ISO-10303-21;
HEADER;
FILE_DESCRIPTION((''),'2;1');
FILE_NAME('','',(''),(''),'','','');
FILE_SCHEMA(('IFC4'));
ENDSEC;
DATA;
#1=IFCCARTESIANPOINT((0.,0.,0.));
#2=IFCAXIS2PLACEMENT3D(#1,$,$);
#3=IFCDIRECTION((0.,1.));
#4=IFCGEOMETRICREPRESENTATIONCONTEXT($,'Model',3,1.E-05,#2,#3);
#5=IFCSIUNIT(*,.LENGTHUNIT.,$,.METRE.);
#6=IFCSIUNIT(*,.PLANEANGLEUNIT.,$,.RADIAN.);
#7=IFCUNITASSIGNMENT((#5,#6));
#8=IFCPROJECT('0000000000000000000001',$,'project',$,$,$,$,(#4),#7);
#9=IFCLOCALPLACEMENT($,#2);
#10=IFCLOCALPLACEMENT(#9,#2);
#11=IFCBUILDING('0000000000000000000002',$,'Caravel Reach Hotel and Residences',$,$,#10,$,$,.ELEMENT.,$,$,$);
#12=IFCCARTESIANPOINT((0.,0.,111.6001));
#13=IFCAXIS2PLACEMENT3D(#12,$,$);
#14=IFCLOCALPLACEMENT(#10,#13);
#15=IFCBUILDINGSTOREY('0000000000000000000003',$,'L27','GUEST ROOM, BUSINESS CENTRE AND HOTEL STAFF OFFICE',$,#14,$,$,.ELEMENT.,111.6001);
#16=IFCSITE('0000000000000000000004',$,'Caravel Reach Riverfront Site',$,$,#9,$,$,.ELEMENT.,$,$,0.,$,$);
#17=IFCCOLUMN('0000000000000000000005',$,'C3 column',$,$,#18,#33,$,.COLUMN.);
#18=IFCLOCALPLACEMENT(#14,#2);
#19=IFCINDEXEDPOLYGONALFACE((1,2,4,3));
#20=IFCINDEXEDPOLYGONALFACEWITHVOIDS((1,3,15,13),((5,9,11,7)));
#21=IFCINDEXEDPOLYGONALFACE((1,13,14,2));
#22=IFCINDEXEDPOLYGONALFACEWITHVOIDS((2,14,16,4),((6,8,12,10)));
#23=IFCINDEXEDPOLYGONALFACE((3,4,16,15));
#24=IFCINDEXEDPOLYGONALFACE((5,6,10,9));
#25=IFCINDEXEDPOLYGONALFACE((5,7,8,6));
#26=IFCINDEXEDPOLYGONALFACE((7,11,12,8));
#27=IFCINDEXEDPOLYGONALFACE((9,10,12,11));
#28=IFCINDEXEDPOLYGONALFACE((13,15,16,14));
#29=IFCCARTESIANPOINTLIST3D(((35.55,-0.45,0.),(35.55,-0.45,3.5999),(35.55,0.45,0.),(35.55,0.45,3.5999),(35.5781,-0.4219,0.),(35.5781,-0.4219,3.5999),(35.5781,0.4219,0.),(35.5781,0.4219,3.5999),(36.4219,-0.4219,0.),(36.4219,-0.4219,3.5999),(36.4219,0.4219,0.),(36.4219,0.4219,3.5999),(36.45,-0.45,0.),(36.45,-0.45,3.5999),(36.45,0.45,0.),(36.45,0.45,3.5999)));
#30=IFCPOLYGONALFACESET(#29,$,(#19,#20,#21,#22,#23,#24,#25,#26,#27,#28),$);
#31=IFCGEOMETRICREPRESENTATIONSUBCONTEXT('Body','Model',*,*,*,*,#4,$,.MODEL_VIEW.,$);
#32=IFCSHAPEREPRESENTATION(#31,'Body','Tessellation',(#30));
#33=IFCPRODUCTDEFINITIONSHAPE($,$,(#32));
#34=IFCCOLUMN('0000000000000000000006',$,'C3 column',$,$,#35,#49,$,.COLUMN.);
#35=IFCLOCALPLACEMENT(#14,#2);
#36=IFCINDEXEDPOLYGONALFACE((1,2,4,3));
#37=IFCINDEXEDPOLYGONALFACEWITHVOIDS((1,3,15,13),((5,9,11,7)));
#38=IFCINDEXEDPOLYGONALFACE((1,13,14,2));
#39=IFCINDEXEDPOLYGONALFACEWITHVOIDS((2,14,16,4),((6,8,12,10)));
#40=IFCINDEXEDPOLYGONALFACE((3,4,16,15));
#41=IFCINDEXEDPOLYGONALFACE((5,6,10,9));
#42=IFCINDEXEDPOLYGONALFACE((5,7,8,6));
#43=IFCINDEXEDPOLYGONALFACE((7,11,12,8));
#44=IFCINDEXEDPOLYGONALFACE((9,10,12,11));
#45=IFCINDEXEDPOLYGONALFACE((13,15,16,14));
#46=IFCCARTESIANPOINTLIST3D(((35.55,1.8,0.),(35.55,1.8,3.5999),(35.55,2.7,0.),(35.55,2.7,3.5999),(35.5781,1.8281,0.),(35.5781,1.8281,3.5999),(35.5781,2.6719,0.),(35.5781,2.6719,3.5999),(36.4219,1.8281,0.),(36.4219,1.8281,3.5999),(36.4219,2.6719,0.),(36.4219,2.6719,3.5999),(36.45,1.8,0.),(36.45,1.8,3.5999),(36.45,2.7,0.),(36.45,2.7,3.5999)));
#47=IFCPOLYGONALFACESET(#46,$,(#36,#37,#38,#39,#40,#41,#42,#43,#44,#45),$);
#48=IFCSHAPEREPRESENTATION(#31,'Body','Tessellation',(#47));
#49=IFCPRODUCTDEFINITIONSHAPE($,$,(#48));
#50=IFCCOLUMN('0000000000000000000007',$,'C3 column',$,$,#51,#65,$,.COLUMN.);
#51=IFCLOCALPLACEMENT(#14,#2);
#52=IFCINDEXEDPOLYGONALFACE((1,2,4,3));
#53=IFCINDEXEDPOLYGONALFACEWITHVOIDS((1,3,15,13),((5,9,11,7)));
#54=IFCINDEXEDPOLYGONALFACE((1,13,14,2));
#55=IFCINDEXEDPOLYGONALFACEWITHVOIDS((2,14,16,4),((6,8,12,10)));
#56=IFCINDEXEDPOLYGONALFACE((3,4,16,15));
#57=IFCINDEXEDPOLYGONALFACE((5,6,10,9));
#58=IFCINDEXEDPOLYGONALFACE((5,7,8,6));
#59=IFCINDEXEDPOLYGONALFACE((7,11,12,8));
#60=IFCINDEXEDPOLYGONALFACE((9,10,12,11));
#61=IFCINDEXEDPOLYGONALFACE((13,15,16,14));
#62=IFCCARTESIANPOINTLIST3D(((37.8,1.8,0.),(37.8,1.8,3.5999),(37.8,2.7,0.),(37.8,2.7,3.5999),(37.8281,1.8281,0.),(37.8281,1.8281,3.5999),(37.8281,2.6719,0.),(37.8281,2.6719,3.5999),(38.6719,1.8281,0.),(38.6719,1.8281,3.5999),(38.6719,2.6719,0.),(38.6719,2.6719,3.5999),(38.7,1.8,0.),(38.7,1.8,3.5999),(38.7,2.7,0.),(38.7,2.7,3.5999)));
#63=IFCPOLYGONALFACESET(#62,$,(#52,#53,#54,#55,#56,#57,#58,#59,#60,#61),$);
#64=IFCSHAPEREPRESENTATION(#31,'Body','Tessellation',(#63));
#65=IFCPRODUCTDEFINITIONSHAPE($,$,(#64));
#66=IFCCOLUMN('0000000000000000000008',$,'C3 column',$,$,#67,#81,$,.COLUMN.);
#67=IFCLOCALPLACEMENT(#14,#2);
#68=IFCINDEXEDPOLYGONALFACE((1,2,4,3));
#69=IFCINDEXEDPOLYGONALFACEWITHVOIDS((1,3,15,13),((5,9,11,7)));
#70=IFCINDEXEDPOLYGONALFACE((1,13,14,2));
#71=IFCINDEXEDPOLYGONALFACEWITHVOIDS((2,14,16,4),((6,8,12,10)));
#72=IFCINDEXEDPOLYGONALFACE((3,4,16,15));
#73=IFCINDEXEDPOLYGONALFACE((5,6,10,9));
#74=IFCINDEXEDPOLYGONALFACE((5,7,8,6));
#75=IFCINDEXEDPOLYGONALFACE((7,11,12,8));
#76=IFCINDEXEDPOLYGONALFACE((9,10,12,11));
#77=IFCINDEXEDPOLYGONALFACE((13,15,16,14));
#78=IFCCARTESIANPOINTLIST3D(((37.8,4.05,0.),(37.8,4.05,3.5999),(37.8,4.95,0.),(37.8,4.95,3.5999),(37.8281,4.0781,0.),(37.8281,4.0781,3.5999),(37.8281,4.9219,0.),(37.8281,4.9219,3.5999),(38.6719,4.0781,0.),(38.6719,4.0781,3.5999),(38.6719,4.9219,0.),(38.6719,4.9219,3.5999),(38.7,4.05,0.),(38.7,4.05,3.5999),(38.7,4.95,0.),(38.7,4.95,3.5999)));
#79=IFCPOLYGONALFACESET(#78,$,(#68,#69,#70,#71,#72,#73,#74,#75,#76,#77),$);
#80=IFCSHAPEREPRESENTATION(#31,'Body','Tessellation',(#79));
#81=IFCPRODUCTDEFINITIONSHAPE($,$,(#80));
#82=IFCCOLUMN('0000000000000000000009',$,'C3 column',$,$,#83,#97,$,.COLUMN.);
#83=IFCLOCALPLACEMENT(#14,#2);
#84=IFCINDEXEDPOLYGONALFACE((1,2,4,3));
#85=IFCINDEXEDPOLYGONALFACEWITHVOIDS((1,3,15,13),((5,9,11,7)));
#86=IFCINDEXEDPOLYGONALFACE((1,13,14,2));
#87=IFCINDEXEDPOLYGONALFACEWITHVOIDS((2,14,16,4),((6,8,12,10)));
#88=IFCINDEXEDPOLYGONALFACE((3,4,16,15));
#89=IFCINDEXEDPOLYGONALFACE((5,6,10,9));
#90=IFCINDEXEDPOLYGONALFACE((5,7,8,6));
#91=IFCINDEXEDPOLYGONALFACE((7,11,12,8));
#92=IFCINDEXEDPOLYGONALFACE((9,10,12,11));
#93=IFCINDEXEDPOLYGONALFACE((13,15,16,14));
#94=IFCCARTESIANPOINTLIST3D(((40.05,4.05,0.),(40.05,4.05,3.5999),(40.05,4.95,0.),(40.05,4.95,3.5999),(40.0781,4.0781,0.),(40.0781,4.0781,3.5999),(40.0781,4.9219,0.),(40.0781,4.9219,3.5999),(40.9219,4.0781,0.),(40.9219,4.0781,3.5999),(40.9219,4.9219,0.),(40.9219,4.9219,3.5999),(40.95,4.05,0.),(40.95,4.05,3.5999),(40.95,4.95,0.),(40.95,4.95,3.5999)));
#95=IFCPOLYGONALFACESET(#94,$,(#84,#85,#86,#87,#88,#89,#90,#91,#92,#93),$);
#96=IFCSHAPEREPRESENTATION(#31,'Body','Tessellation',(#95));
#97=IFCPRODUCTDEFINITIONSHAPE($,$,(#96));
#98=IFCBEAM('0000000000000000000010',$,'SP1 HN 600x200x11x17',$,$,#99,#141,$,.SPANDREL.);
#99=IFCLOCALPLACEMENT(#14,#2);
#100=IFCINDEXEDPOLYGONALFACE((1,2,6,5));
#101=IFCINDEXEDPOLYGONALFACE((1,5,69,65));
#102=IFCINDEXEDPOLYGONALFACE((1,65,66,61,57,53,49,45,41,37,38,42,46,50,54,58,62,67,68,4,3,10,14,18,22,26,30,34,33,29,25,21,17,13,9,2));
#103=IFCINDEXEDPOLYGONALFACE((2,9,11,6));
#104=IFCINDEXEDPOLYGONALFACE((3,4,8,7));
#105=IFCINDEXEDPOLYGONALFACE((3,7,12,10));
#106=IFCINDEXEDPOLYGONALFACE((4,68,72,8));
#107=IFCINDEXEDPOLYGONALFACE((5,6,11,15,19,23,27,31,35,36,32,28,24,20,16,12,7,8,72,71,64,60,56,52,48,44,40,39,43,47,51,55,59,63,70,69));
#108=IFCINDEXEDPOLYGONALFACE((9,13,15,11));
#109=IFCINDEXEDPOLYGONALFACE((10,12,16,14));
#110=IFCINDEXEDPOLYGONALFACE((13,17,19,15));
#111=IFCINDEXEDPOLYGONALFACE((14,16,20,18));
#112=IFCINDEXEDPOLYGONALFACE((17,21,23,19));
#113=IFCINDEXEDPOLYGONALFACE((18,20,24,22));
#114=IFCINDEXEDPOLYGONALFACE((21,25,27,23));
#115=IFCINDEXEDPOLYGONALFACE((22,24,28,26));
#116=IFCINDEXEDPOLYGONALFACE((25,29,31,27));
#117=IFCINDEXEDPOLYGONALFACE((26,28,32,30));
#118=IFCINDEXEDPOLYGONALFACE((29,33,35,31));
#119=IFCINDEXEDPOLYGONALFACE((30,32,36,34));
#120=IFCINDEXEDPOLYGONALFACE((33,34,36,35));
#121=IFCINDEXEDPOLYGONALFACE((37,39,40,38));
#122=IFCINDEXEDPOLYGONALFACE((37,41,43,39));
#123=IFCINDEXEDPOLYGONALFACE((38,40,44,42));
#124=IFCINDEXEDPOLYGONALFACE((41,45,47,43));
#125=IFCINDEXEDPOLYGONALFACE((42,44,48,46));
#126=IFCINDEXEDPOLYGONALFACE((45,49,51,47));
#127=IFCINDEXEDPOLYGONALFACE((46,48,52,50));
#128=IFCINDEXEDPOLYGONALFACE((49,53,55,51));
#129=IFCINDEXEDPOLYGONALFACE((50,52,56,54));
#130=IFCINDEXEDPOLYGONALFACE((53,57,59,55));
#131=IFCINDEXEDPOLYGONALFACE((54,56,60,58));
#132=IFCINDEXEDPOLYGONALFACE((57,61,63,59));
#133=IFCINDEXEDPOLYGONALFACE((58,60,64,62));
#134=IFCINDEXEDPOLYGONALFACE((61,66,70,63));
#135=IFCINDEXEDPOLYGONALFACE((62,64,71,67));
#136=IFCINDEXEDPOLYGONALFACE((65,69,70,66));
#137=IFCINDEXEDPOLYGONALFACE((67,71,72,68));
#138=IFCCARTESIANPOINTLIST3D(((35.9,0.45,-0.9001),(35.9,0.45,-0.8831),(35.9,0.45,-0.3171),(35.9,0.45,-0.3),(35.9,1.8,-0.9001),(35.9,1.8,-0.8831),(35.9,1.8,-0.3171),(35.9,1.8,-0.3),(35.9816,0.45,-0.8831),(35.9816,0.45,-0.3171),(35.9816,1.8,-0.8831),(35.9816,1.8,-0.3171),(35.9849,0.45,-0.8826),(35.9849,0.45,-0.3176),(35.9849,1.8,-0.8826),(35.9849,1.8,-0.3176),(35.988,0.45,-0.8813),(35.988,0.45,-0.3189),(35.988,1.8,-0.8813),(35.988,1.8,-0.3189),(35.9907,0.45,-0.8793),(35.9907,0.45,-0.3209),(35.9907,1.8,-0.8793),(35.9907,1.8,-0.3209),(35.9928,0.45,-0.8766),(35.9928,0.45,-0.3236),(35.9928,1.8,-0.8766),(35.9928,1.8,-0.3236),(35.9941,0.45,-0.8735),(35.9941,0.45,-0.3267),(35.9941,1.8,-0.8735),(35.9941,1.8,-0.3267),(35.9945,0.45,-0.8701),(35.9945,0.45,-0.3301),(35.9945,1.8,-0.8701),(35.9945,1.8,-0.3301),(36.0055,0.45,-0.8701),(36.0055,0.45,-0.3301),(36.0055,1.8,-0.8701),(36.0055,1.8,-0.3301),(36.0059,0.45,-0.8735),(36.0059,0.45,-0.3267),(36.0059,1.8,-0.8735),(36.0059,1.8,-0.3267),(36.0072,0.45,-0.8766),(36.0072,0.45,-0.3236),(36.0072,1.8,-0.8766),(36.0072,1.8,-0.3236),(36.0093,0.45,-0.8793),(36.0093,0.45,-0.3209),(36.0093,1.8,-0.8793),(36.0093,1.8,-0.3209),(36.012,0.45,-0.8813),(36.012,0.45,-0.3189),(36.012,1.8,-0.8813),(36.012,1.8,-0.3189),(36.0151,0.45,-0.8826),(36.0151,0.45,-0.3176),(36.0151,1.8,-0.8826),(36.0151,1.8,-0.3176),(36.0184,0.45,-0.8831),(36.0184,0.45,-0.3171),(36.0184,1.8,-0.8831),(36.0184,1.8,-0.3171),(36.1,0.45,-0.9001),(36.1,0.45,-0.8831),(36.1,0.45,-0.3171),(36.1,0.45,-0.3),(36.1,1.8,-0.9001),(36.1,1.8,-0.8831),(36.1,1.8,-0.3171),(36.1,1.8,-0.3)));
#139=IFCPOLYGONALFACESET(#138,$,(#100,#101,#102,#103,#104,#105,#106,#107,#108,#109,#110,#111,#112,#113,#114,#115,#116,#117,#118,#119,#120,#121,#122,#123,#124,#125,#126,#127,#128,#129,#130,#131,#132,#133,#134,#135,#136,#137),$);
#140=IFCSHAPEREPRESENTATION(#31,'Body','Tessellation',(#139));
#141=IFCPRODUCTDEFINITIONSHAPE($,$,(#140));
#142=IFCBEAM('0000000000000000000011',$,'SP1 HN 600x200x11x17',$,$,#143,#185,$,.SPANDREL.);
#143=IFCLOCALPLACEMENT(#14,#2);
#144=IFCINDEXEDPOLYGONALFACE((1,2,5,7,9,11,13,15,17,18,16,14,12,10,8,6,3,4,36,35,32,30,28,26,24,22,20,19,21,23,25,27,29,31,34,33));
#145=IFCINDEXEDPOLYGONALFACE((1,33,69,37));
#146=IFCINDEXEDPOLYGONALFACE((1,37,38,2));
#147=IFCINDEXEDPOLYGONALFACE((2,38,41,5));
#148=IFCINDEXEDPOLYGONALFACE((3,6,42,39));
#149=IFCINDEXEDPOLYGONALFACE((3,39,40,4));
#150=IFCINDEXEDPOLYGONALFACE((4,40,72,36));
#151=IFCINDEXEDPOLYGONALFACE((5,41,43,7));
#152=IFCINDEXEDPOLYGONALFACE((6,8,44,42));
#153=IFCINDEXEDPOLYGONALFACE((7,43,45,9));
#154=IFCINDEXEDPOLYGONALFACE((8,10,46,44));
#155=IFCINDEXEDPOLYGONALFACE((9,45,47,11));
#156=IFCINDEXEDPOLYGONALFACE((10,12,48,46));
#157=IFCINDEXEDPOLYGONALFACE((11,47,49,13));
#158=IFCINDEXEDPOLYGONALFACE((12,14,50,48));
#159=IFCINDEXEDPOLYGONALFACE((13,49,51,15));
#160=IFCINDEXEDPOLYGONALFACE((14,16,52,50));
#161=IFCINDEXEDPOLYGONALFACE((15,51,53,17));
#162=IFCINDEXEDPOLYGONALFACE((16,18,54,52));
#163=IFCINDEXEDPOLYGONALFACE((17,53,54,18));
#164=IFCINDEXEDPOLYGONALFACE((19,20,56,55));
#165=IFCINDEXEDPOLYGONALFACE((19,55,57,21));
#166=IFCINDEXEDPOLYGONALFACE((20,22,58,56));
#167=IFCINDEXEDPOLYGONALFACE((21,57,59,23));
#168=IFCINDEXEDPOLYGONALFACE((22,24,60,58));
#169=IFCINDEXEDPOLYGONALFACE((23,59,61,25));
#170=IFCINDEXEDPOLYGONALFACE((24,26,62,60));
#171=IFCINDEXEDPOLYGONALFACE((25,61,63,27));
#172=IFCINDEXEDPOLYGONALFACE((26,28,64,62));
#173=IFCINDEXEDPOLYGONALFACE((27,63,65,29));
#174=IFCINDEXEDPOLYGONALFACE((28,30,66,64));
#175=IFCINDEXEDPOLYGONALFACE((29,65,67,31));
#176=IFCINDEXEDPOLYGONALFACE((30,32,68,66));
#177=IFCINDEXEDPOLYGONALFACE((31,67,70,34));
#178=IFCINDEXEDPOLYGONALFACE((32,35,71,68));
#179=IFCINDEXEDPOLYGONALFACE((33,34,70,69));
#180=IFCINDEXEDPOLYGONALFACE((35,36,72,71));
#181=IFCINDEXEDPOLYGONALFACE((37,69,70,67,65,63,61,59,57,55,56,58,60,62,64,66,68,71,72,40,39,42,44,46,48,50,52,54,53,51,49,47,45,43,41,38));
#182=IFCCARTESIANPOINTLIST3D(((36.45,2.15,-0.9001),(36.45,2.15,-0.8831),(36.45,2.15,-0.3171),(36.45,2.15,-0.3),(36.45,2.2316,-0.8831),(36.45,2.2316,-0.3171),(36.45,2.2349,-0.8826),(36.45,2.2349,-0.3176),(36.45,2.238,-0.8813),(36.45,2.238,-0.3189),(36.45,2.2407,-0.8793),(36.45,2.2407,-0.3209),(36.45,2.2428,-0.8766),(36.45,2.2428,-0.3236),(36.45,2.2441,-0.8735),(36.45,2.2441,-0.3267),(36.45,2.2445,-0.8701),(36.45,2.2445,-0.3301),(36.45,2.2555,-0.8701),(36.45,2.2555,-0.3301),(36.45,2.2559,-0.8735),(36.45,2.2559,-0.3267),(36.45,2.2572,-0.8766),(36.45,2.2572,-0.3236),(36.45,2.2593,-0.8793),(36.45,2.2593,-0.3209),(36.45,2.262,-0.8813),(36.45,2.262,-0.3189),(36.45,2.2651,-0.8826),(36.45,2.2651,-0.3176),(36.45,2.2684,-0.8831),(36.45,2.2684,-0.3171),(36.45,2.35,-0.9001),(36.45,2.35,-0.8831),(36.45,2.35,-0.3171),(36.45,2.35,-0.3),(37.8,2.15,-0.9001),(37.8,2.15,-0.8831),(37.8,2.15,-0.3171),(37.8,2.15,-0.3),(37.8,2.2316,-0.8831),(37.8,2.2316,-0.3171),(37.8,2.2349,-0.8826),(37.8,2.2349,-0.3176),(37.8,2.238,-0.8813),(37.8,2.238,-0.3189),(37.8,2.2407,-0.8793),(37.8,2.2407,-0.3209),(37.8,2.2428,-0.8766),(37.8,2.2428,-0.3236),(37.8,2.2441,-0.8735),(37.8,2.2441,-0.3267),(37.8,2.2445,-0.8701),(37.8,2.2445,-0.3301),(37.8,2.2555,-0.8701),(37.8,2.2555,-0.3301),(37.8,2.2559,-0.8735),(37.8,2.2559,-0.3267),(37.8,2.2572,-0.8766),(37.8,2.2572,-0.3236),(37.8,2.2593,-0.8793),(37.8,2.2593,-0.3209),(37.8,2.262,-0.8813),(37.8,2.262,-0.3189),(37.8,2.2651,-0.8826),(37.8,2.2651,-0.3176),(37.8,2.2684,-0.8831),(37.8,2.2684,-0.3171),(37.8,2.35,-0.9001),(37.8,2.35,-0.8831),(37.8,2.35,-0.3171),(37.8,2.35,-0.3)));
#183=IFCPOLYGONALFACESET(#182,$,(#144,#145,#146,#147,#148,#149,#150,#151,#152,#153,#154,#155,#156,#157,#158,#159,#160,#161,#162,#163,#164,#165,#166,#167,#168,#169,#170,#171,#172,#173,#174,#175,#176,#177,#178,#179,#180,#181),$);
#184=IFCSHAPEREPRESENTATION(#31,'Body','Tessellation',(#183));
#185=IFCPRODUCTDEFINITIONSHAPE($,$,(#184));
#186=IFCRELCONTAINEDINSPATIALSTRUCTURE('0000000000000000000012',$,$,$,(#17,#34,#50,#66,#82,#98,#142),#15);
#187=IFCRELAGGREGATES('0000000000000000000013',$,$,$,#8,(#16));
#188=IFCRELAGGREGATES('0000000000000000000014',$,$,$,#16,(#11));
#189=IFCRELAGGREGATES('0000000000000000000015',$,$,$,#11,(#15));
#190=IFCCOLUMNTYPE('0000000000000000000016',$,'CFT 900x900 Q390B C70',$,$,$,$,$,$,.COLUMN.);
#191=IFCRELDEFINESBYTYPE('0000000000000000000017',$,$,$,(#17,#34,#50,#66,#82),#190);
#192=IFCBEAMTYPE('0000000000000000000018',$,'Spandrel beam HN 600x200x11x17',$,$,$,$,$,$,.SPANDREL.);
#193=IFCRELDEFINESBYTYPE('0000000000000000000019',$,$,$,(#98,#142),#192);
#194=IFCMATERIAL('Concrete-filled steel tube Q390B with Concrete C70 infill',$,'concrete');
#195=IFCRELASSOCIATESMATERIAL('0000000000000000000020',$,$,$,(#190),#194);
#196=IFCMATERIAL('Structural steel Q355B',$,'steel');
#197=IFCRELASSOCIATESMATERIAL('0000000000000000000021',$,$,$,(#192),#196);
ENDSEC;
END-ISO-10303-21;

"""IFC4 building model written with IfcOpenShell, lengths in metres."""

from ifc_helpers import new_model, si_unit, direction, frame, origin, origin_2d, place, context, subcontext, project, spatial, hollow_rectangle, i_section, extrude, material, material_profile, profile_set, type_object, element, save


model = new_model("IFC4")

# Units and contexts
model_context = context("Model", 3, precision=1e-05, world=origin(), true_north=direction((0.0, 1.0)))
body_context = subcontext(model_context, "Body", "Model", "MODEL_VIEW")
ifc_project = project(units=[si_unit("LENGTHUNIT", "METRE"), si_unit("PLANEANGLEUNIT", "RADIAN")], contexts=[model_context])

# Site, building, storey
site_placement = place(None, origin())
site = spatial("IfcSite", under=ifc_project, at=site_placement, Name="Caravel Reach Riverfront Site", CompositionType="ELEMENT", RefElevation=0.0)
building_placement = place(site_placement, origin())
building = spatial("IfcBuilding", under=site, at=building_placement, Name="Caravel Reach Hotel and Residences", CompositionType="ELEMENT")
storey_placement = place(building_placement, frame((0.0, 0.0, 111.6001)))
storey = spatial("IfcBuildingStorey", under=building, at=storey_placement, Name="L27", Description="GUEST ROOM, BUSINESS CENTRE AND HOTEL STAFF OFFICE", CompositionType="ELEMENT", Elevation=111.6001)

# Columns
ifc_material_1 = material(Name="Concrete-filled steel tube Q390B with Concrete C70 infill", Category="concrete")
ifc_material_profile_1 = material_profile(ifc_material_1, hollow_rectangle(XDim=0.8999, YDim=0.8999, WallThickness=0.0281, at=origin_2d()), Name="RHS 900x900x28")
ifc_profile_set_1 = profile_set([ifc_material_profile_1], Name="Concrete-filled steel tube Q390B with Concrete C70 infill")
column_type = type_object("IfcColumnType", Name="CFT 900x900 Q390B C70", PredefinedType="COLUMN", material=ifc_profile_set_1)
for number, where, z_axis, x_axis, name in (
    (1, (36.0, 0.0, 0.0), (0.0, 0.0, 1.0), (1.0, 0.0, 0.0), "C3 column"),
    (2, (36.0, 2.25, 0.0), (0.0, 0.0, 1.0), (1.0, 0.0, 0.0), "C3 column"),
    (3, (38.25, 2.25, 0.0), (0.0, 0.0, 1.0), (1.0, 0.0, 0.0), "C3 column"),
    (4, (38.25, 4.5, 0.0), (0.0, 0.0, 1.0), (1.0, 0.0, 0.0), "C3 column"),
    (5, (40.5, 4.5, 0.0), (0.0, 0.0, 1.0), (1.0, 0.0, 0.0), "C3 column"),
):
    element("IfcColumn", number, at=place(storey_placement, frame(where, z_axis=z_axis, x_axis=x_axis)), inside=storey, type_object=column_type, Name=name, PredefinedType="COLUMN", context=body_context, shape_type="SweptSolid", body=[
        extrude(hollow_rectangle(XDim=0.8999, YDim=0.8999, WallThickness=0.0281, at=origin_2d()), origin(), (0.0, 0.0, 1.0), 3.5999),
    ])

# Beams
ifc_material_2 = material(Name="Structural steel Q355B", Category="steel")
ifc_material_profile_2 = material_profile(ifc_material_2, i_section(OverallWidth=0.2, OverallDepth=0.6001, WebThickness=0.011, FlangeThickness=0.0171, FilletRadius=0.0129, at=origin_2d()), Name="HN 600x200x11x17")
ifc_profile_set_2 = profile_set([ifc_material_profile_2], Name="Structural steel Q355B")
beam_type = type_object("IfcBeamType", Name="Spandrel beam HN 600x200x11x17", PredefinedType="SPANDREL", material=ifc_profile_set_2)
for number, where, z_axis, x_axis, name in (
    (6, (36.0, 0.45, -0.6001), (0.0, 1.0, 0.0), (-1.0, 0.0, 0.0), "SP1 HN 600x200x11x17"),
    (7, (36.45, 2.25, -0.6001), (1.0, 0.0, 0.0), (0.0, 1.0, 0.0), "SP1 HN 600x200x11x17"),
):
    element("IfcBeam", number, at=place(storey_placement, frame(where, z_axis=z_axis, x_axis=x_axis)), inside=storey, type_object=beam_type, Name=name, PredefinedType="SPANDREL", context=body_context, shape_type="SweptSolid", body=[
        extrude(i_section(OverallWidth=0.2, OverallDepth=0.6001, WebThickness=0.011, FlangeThickness=0.0171, FilletRadius=0.0129, at=origin_2d()), origin(), (0.0, 0.0, 1.0), 1.3501),
    ])

save(model, "model.ifc")
